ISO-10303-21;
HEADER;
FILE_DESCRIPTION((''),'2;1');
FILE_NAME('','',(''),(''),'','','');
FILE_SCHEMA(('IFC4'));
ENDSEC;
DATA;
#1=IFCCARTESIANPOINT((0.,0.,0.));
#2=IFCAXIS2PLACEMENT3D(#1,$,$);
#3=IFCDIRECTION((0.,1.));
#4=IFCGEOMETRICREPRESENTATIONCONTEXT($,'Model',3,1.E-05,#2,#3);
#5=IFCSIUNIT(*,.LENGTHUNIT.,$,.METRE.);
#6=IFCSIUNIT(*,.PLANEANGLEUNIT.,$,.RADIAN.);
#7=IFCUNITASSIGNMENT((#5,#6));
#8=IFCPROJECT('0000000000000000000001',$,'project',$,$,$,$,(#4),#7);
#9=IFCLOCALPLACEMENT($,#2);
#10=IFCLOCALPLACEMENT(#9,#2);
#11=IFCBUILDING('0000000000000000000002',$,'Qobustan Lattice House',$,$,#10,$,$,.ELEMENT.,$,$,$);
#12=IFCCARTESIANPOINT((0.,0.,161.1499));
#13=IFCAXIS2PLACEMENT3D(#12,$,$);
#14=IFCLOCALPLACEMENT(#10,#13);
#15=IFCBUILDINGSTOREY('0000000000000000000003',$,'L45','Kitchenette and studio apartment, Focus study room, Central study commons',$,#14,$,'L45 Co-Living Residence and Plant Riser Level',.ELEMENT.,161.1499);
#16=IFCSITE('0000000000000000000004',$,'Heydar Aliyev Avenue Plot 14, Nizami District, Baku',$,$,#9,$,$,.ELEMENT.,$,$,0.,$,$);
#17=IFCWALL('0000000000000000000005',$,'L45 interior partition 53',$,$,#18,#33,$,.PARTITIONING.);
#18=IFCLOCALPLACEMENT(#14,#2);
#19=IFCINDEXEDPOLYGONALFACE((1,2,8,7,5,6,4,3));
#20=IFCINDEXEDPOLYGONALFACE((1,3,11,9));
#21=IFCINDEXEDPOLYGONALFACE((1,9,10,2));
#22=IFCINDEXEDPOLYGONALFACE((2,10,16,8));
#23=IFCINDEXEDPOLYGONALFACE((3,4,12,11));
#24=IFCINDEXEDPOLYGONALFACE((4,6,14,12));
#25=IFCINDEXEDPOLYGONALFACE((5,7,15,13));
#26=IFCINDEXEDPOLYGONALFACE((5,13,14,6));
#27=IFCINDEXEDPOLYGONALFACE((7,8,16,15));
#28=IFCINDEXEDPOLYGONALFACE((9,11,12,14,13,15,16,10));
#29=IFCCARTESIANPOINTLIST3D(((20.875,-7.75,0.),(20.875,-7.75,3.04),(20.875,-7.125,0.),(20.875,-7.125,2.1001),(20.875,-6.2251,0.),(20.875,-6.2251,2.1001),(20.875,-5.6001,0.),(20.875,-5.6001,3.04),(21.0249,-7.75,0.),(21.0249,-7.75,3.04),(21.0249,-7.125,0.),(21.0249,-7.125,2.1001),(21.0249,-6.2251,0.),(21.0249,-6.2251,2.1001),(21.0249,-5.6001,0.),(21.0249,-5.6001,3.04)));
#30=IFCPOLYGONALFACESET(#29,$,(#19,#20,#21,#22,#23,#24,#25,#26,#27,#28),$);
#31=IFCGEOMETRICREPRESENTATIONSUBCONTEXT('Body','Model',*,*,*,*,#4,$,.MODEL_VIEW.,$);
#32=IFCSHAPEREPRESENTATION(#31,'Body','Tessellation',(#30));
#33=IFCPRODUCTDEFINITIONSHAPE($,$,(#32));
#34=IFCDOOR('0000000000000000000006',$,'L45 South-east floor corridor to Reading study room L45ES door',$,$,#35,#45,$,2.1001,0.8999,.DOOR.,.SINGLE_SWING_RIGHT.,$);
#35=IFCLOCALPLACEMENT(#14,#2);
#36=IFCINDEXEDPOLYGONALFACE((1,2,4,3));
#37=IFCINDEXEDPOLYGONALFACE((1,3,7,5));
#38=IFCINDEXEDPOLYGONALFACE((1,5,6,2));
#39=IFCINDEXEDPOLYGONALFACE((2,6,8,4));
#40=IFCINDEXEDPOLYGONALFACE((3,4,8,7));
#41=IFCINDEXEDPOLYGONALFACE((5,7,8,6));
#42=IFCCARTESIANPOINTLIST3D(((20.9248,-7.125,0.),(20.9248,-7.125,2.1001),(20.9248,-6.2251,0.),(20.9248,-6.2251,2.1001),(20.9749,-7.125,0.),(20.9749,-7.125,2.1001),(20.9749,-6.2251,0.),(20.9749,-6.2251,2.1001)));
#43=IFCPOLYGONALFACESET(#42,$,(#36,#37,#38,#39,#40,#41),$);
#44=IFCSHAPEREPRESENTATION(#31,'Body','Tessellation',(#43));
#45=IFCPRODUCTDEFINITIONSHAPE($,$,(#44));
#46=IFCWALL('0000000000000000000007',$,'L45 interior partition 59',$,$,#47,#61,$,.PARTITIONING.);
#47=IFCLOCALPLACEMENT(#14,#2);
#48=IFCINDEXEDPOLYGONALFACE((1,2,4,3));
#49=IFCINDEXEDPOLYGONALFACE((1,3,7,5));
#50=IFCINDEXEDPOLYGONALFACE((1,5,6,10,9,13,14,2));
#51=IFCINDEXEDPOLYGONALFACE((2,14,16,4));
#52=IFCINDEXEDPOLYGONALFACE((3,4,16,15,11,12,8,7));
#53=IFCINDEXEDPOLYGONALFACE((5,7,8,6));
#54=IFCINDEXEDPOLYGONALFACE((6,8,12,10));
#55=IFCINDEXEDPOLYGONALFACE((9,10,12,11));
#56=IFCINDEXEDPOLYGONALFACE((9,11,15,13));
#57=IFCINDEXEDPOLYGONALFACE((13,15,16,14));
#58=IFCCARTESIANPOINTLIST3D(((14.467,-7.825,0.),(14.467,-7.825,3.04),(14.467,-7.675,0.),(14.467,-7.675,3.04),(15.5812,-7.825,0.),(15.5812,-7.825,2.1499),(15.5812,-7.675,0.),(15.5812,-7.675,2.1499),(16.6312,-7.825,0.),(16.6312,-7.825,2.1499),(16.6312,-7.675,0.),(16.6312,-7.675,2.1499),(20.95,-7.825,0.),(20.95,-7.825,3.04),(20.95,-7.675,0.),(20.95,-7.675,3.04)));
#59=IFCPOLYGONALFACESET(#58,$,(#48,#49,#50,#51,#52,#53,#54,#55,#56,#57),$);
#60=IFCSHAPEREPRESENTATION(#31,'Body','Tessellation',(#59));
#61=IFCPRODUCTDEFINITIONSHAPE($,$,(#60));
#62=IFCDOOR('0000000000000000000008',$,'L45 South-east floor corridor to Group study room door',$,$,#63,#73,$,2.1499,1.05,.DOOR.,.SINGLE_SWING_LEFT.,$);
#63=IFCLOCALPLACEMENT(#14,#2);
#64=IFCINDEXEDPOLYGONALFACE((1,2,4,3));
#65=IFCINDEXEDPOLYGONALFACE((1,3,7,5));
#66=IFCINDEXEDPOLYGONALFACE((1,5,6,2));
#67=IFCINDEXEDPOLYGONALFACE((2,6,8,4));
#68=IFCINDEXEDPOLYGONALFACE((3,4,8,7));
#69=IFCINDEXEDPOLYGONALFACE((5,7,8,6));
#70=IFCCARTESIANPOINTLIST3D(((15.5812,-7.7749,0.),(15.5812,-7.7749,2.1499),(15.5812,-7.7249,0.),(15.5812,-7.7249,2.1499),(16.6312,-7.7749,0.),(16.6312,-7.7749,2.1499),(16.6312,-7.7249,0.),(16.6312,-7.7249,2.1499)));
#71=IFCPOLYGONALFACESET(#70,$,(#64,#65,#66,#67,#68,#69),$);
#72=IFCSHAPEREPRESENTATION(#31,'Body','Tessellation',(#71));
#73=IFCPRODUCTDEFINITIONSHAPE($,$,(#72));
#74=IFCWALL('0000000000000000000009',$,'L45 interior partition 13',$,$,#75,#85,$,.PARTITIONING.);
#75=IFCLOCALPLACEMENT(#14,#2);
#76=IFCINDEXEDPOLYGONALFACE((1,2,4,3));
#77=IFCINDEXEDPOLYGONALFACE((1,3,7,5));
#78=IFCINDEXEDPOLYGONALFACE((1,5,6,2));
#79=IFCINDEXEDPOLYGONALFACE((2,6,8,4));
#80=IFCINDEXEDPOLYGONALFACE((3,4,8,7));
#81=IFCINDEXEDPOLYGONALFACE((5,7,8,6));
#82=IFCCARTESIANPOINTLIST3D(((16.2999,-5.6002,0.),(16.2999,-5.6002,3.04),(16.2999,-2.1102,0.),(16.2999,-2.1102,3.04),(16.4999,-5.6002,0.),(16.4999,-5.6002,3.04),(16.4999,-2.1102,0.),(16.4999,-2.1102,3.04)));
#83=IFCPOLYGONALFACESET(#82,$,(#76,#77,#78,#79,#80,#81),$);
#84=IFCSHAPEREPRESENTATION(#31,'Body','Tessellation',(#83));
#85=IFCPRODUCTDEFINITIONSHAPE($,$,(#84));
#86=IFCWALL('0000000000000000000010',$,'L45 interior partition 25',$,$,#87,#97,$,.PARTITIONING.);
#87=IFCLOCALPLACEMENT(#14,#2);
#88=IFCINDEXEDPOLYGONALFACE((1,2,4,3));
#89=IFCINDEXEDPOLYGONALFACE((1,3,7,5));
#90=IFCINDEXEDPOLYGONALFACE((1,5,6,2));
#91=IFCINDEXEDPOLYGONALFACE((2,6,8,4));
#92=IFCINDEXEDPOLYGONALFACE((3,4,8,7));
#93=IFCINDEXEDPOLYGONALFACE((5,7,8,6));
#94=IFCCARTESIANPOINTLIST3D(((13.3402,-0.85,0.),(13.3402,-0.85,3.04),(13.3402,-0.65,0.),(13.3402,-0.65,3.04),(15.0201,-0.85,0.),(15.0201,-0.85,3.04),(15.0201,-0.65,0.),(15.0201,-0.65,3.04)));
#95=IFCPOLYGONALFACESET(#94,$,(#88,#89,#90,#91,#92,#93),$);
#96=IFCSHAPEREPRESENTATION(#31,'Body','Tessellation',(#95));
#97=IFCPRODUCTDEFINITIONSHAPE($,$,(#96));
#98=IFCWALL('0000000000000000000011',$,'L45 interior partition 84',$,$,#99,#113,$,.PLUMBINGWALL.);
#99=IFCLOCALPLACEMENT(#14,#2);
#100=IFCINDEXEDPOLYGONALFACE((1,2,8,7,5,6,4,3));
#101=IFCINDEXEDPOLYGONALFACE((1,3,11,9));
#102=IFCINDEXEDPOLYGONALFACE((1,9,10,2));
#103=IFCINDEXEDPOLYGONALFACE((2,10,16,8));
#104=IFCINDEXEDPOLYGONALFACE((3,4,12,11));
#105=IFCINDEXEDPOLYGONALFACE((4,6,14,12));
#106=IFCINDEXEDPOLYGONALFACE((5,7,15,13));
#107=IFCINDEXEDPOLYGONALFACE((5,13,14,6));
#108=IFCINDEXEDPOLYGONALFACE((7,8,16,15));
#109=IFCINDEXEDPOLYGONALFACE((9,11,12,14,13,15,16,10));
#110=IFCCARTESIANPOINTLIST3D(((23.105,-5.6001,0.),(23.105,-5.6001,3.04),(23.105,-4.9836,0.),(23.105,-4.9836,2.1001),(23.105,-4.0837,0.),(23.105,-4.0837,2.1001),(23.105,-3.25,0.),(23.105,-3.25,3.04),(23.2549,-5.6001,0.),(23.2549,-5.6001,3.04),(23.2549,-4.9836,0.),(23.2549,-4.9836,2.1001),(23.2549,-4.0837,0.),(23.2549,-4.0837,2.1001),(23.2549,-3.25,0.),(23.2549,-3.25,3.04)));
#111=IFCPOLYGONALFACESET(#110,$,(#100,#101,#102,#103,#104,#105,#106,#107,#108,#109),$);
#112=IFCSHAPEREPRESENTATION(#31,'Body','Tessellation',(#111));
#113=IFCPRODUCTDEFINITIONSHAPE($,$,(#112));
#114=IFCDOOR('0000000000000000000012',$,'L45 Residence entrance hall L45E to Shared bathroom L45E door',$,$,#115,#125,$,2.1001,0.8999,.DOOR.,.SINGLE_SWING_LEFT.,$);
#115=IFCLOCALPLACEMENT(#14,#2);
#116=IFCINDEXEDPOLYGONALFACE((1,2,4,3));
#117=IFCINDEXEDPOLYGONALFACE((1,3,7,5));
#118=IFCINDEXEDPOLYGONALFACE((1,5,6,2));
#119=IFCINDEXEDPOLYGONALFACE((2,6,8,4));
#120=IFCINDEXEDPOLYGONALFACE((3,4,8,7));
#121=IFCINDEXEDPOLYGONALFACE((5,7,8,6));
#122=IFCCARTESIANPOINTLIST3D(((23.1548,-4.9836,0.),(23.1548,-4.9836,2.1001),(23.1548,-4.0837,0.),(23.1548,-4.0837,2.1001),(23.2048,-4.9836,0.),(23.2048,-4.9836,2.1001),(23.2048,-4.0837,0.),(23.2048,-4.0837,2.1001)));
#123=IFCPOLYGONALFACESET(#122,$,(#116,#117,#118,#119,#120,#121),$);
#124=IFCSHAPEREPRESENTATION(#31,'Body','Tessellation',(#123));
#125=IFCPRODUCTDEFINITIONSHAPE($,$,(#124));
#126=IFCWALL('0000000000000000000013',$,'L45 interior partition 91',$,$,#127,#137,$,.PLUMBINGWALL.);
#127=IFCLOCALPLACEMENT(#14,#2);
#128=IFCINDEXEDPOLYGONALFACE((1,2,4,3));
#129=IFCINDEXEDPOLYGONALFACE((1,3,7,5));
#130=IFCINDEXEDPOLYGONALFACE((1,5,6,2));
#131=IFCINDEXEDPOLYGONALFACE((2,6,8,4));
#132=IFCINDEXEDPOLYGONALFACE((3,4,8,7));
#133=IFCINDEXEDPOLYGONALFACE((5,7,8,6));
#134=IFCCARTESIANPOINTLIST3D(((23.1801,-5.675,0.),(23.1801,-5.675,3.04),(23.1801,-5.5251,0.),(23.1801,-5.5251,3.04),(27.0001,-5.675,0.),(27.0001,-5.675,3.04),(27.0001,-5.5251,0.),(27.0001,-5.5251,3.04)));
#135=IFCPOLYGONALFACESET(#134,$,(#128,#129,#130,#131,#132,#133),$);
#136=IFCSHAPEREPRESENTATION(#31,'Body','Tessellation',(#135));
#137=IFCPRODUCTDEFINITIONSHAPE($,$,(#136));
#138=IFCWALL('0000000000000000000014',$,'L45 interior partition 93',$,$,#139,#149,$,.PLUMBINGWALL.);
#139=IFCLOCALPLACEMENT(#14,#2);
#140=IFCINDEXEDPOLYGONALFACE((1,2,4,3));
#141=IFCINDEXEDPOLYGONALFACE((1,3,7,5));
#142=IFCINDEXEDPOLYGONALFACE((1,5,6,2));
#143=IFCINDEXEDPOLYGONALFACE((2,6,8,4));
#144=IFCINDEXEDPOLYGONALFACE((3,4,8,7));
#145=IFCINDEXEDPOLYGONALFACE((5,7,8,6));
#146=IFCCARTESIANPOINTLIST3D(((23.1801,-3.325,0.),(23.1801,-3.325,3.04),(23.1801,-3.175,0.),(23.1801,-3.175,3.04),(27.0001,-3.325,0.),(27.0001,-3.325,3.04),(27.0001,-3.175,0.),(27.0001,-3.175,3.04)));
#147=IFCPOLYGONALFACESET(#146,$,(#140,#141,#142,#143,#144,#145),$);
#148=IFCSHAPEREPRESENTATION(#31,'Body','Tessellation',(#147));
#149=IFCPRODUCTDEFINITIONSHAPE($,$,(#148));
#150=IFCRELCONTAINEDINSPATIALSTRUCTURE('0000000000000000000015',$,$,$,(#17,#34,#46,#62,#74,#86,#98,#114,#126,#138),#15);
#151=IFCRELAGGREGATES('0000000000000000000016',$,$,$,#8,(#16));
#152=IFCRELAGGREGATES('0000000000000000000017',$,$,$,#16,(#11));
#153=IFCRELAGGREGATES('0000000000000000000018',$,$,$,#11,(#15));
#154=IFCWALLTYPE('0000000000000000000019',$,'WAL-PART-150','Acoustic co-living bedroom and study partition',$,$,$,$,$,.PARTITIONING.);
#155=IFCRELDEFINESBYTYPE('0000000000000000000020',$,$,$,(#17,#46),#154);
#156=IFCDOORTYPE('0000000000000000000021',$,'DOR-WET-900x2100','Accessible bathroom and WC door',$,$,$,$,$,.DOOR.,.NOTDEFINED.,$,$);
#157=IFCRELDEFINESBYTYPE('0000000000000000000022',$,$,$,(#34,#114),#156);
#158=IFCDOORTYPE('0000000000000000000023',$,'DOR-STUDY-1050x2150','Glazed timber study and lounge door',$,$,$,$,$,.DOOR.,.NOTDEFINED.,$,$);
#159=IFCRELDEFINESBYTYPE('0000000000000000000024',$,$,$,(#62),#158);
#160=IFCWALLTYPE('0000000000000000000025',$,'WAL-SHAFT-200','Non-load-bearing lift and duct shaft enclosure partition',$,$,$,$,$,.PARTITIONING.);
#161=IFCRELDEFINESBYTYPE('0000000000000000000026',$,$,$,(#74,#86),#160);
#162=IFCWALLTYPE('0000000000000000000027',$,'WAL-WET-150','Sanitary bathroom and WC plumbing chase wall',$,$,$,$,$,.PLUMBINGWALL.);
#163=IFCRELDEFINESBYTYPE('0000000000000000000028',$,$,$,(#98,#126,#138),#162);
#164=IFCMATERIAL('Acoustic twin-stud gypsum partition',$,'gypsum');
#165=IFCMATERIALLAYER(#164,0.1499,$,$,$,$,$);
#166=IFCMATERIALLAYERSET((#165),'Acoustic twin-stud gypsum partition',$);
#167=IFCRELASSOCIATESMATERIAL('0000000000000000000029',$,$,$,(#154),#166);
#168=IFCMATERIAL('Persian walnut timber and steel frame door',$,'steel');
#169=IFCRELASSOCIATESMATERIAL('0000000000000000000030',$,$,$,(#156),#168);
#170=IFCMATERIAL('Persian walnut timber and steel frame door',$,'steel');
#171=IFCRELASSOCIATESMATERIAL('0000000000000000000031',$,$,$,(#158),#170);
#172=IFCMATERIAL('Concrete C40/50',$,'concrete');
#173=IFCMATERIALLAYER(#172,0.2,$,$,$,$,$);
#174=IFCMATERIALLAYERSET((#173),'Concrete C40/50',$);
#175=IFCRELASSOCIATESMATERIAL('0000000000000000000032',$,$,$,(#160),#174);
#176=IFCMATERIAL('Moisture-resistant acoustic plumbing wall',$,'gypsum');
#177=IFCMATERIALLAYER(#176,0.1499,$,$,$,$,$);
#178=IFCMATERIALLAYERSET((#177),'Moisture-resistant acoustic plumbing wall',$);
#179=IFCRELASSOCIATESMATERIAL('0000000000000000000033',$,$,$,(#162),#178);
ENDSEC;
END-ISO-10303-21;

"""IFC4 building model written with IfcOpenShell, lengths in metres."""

from ifc_helpers import new_model, si_unit, direction, frame, frame_2d, origin, place, context, subcontext, project, spatial, rectangle, extrude, material, layer, layer_set, type_object, element, fill, save


model = new_model("IFC4")

# Units and contexts
model_context = context("Model", 3, precision=1e-05, world=origin(), true_north=direction((0.0, 1.0)))
body_context = subcontext(model_context, "Body", "Model", "MODEL_VIEW")
ifc_project = project(units=[si_unit("LENGTHUNIT", "METRE"), si_unit("PLANEANGLEUNIT", "RADIAN")], contexts=[model_context])

# Site, building, storey
site_placement = place(None, origin())
site = spatial("IfcSite", under=ifc_project, at=site_placement, Name="Heydar Aliyev Avenue Plot 14, Nizami District, Baku", CompositionType="ELEMENT", RefElevation=0.0)
building_placement = place(site_placement, origin())
building = spatial("IfcBuilding", under=site, at=building_placement, Name="Qobustan Lattice House", CompositionType="ELEMENT")
storey_placement = place(building_placement, frame((0.0, 0.0, 161.1499)))
storey = spatial("IfcBuildingStorey", under=building, at=storey_placement, Name="L45", Description="Kitchenette and studio apartment, Focus study room, Central study commons", LongName="L45 Co-Living Residence and Plant Riser Level", CompositionType="ELEMENT", Elevation=161.1499)

# Walls, openings, doors
ifc_material_1 = material(Name="Acoustic twin-stud gypsum partition", Category="gypsum")
ifc_layer_1 = layer(ifc_material_1, 0.1499)
ifc_layer_set_1 = layer_set([ifc_layer_1], Name="Acoustic twin-stud gypsum partition")
wall_type_1 = type_object("IfcWallType", Name="WAL-PART-150", Description="Acoustic co-living bedroom and study partition", PredefinedType="PARTITIONING", material=ifc_layer_set_1)
wall_1_placement = place(storey_placement, frame((20.95, -5.6001, 0.0), z_axis=(0.0, 0.0, 1.0), x_axis=(0.0, -1.0, 0.0)))
wall_1 = element("IfcWall", 1, at=wall_1_placement, inside=storey, type_object=wall_type_1, Name="L45 interior partition 53", PredefinedType="PARTITIONING", context=body_context, shape_type="SweptSolid", body=[
    extrude(rectangle(XDim=2.1499, YDim=0.1499, at=frame_2d((1.075, 0.0))), origin(), (0.0, 0.0, 1.0), 3.04),
])
opening_1_placement = place(wall_1_placement, frame((0.625, 0.0, 0.0)))
opening_1 = element("IfcOpeningElement", 2, at=opening_1_placement, cuts=wall_1, PredefinedType="OPENING", context=body_context, shape_type="SweptSolid", body=[
    extrude(rectangle(XDim=0.8999, YDim=2.1001, at=frame_2d((0.45, 1.05))), frame((0.0, 0.085, 0.0), z_axis=(0.0, -1.0, 0.0), x_axis=(1.0, 0.0, 0.0)), (0.0, 0.0, 1.0), 0.1699),
])
ifc_material_2 = material(Name="Persian walnut timber and steel frame door", Category="steel")
door_type_1 = type_object("IfcDoorType", Name="DOR-WET-900x2100", Description="Accessible bathroom and WC door", OperationType="NOTDEFINED", PredefinedType="DOOR", material=ifc_material_2)
door_1_placement = place(opening_1_placement, origin())
door_1 = element("IfcDoor", 3, at=door_1_placement, inside=storey, type_object=door_type_1, Name="L45 South-east floor corridor to Reading study room L45ES door", OperationType="SINGLE_SWING_RIGHT", OverallHeight=2.1001, OverallWidth=0.8999, PredefinedType="DOOR", context=body_context, shape_type="SweptSolid", body=[
    extrude(rectangle(XDim=0.8999, YDim=2.1001, at=frame_2d((0.45, 1.05))), frame((0.0, 0.0249, 0.0), z_axis=(0.0, -1.0, 0.0), x_axis=(1.0, 0.0, 0.0)), (0.0, 0.0, 1.0), 0.05),
])
fill(opening_1, door_1)
wall_2_placement = place(storey_placement, frame((20.95, -7.75, 0.0), z_axis=(0.0, 0.0, 1.0), x_axis=(-1.0, 0.0, 0.0)))
wall_2 = element("IfcWall", 4, at=wall_2_placement, inside=storey, type_object=wall_type_1, Name="L45 interior partition 59", PredefinedType="PARTITIONING", context=body_context, shape_type="SweptSolid", body=[
    extrude(rectangle(XDim=6.4829, YDim=0.1499, at=frame_2d((3.2415, 0.0))), origin(), (0.0, 0.0, 1.0), 3.04),
])
opening_2_placement = place(wall_2_placement, frame((4.3188, 0.0, 0.0)))
opening_2 = element("IfcOpeningElement", 5, at=opening_2_placement, cuts=wall_2, PredefinedType="OPENING", context=body_context, shape_type="SweptSolid", body=[
    extrude(rectangle(XDim=1.05, YDim=2.1499, at=frame_2d((0.5249, 1.075))), frame((0.0, 0.085, 0.0), z_axis=(0.0, -1.0, 0.0), x_axis=(1.0, 0.0, 0.0)), (0.0, 0.0, 1.0), 0.1699),
])
ifc_material_3 = material(Name="Persian walnut timber and steel frame door", Category="steel")
door_type_2 = type_object("IfcDoorType", Name="DOR-STUDY-1050x2150", Description="Glazed timber study and lounge door", OperationType="NOTDEFINED", PredefinedType="DOOR", material=ifc_material_3)
door_2_placement = place(opening_2_placement, origin())
door_2 = element("IfcDoor", 6, at=door_2_placement, inside=storey, type_object=door_type_2, Name="L45 South-east floor corridor to Group study room door", OperationType="SINGLE_SWING_LEFT", OverallHeight=2.1499, OverallWidth=1.05, PredefinedType="DOOR", context=body_context, shape_type="SweptSolid", body=[
    extrude(rectangle(XDim=1.05, YDim=2.1499, at=frame_2d((0.5249, 1.075))), frame((0.0, 0.0249, 0.0), z_axis=(0.0, -1.0, 0.0), x_axis=(1.0, 0.0, 0.0)), (0.0, 0.0, 1.0), 0.05),
])
fill(opening_2, door_2)

# Walls
ifc_material_4 = material(Name="Concrete C40/50", Category="concrete")
ifc_layer_2 = layer(ifc_material_4, 0.2)
ifc_layer_set_2 = layer_set([ifc_layer_2], Name="Concrete C40/50")
wall_type_2 = type_object("IfcWallType", Name="WAL-SHAFT-200", Description="Non-load-bearing lift and duct shaft enclosure partition", PredefinedType="PARTITIONING", material=ifc_layer_set_2)
wall_3_placement = place(storey_placement, frame((16.3999, -2.1101, 0.0), z_axis=(0.0, 0.0, 1.0), x_axis=(0.0, -1.0, 0.0)))
element("IfcWall", 7, at=wall_3_placement, inside=storey, type_object=wall_type_2, Name="L45 interior partition 13", PredefinedType="PARTITIONING", context=body_context, shape_type="SweptSolid", body=[
    extrude(rectangle(XDim=3.49, YDim=0.2, at=frame_2d((1.7451, 0.0))), origin(), (0.0, 0.0, 1.0), 3.04),
])
wall_4_placement = place(storey_placement, frame((15.02, -0.75, 0.0), z_axis=(0.0, 0.0, 1.0), x_axis=(-1.0, 0.0, 0.0)))
element("IfcWall", 8, at=wall_4_placement, inside=storey, type_object=wall_type_2, Name="L45 interior partition 25", PredefinedType="PARTITIONING", context=body_context, shape_type="SweptSolid", body=[
    extrude(rectangle(XDim=1.6799, YDim=0.2, at=frame_2d((0.8398, 0.0))), origin(), (0.0, 0.0, 1.0), 3.04),
])

# Wall, opening, door
ifc_material_5 = material(Name="Moisture-resistant acoustic plumbing wall", Category="gypsum")
ifc_layer_3 = layer(ifc_material_5, 0.1499)
ifc_layer_set_3 = layer_set([ifc_layer_3], Name="Moisture-resistant acoustic plumbing wall")
wall_type_3 = type_object("IfcWallType", Name="WAL-WET-150", Description="Sanitary bathroom and WC plumbing chase wall", PredefinedType="PLUMBINGWALL", material=ifc_layer_set_3)
wall_5_placement = place(storey_placement, frame((23.1799, -3.25, 0.0), z_axis=(0.0, 0.0, 1.0), x_axis=(0.0, -1.0, 0.0)))
wall_5 = element("IfcWall", 9, at=wall_5_placement, inside=storey, type_object=wall_type_3, Name="L45 interior partition 84", PredefinedType="PLUMBINGWALL", context=body_context, shape_type="SweptSolid", body=[
    extrude(rectangle(XDim=2.3501, YDim=0.1499, at=frame_2d((1.175, 0.0))), origin(), (0.0, 0.0, 1.0), 3.04),
])
opening_3_placement = place(wall_5_placement, frame((0.8337, 0.0, 0.0)))
opening_3 = element("IfcOpeningElement", 10, at=opening_3_placement, cuts=wall_5, PredefinedType="OPENING", context=body_context, shape_type="SweptSolid", body=[
    extrude(rectangle(XDim=0.8999, YDim=2.1001, at=frame_2d((0.45, 1.05))), frame((0.0, 0.085, 0.0), z_axis=(0.0, -1.0, 0.0), x_axis=(1.0, 0.0, 0.0)), (0.0, 0.0, 1.0), 0.1699),
])
door_3_placement = place(opening_3_placement, origin())
door_3 = element("IfcDoor", 11, at=door_3_placement, inside=storey, type_object=door_type_1, Name="L45 Residence entrance hall L45E to Shared bathroom L45E door", OperationType="SINGLE_SWING_LEFT", OverallHeight=2.1001, OverallWidth=0.8999, PredefinedType="DOOR", context=body_context, shape_type="SweptSolid", body=[
    extrude(rectangle(XDim=0.8999, YDim=2.1001, at=frame_2d((0.45, 1.05))), frame((0.0, 0.0249, 0.0), z_axis=(0.0, -1.0, 0.0), x_axis=(1.0, 0.0, 0.0)), (0.0, 0.0, 1.0), 0.05),
])
fill(opening_3, door_3)

# Walls
for number, where, z_axis, x_axis, name in (
    (12, (23.1799, -5.6001, 0.0), (0.0, 0.0, 1.0), (1.0, 0.0, 0.0), "L45 interior partition 91"),
    (13, (23.1799, -3.25, 0.0), (0.0, 0.0, 1.0), (1.0, 0.0, 0.0), "L45 interior partition 93"),
):
    element("IfcWall", number, at=place(storey_placement, frame(where, z_axis=z_axis, x_axis=x_axis)), inside=storey, type_object=wall_type_3, Name=name, PredefinedType="PLUMBINGWALL", context=body_context, shape_type="SweptSolid", body=[
        extrude(rectangle(XDim=3.8201, YDim=0.1499, at=frame_2d((1.9102, 0.0))), origin(), (0.0, 0.0, 1.0), 3.04),
    ])

save(model, "model.ifc")
